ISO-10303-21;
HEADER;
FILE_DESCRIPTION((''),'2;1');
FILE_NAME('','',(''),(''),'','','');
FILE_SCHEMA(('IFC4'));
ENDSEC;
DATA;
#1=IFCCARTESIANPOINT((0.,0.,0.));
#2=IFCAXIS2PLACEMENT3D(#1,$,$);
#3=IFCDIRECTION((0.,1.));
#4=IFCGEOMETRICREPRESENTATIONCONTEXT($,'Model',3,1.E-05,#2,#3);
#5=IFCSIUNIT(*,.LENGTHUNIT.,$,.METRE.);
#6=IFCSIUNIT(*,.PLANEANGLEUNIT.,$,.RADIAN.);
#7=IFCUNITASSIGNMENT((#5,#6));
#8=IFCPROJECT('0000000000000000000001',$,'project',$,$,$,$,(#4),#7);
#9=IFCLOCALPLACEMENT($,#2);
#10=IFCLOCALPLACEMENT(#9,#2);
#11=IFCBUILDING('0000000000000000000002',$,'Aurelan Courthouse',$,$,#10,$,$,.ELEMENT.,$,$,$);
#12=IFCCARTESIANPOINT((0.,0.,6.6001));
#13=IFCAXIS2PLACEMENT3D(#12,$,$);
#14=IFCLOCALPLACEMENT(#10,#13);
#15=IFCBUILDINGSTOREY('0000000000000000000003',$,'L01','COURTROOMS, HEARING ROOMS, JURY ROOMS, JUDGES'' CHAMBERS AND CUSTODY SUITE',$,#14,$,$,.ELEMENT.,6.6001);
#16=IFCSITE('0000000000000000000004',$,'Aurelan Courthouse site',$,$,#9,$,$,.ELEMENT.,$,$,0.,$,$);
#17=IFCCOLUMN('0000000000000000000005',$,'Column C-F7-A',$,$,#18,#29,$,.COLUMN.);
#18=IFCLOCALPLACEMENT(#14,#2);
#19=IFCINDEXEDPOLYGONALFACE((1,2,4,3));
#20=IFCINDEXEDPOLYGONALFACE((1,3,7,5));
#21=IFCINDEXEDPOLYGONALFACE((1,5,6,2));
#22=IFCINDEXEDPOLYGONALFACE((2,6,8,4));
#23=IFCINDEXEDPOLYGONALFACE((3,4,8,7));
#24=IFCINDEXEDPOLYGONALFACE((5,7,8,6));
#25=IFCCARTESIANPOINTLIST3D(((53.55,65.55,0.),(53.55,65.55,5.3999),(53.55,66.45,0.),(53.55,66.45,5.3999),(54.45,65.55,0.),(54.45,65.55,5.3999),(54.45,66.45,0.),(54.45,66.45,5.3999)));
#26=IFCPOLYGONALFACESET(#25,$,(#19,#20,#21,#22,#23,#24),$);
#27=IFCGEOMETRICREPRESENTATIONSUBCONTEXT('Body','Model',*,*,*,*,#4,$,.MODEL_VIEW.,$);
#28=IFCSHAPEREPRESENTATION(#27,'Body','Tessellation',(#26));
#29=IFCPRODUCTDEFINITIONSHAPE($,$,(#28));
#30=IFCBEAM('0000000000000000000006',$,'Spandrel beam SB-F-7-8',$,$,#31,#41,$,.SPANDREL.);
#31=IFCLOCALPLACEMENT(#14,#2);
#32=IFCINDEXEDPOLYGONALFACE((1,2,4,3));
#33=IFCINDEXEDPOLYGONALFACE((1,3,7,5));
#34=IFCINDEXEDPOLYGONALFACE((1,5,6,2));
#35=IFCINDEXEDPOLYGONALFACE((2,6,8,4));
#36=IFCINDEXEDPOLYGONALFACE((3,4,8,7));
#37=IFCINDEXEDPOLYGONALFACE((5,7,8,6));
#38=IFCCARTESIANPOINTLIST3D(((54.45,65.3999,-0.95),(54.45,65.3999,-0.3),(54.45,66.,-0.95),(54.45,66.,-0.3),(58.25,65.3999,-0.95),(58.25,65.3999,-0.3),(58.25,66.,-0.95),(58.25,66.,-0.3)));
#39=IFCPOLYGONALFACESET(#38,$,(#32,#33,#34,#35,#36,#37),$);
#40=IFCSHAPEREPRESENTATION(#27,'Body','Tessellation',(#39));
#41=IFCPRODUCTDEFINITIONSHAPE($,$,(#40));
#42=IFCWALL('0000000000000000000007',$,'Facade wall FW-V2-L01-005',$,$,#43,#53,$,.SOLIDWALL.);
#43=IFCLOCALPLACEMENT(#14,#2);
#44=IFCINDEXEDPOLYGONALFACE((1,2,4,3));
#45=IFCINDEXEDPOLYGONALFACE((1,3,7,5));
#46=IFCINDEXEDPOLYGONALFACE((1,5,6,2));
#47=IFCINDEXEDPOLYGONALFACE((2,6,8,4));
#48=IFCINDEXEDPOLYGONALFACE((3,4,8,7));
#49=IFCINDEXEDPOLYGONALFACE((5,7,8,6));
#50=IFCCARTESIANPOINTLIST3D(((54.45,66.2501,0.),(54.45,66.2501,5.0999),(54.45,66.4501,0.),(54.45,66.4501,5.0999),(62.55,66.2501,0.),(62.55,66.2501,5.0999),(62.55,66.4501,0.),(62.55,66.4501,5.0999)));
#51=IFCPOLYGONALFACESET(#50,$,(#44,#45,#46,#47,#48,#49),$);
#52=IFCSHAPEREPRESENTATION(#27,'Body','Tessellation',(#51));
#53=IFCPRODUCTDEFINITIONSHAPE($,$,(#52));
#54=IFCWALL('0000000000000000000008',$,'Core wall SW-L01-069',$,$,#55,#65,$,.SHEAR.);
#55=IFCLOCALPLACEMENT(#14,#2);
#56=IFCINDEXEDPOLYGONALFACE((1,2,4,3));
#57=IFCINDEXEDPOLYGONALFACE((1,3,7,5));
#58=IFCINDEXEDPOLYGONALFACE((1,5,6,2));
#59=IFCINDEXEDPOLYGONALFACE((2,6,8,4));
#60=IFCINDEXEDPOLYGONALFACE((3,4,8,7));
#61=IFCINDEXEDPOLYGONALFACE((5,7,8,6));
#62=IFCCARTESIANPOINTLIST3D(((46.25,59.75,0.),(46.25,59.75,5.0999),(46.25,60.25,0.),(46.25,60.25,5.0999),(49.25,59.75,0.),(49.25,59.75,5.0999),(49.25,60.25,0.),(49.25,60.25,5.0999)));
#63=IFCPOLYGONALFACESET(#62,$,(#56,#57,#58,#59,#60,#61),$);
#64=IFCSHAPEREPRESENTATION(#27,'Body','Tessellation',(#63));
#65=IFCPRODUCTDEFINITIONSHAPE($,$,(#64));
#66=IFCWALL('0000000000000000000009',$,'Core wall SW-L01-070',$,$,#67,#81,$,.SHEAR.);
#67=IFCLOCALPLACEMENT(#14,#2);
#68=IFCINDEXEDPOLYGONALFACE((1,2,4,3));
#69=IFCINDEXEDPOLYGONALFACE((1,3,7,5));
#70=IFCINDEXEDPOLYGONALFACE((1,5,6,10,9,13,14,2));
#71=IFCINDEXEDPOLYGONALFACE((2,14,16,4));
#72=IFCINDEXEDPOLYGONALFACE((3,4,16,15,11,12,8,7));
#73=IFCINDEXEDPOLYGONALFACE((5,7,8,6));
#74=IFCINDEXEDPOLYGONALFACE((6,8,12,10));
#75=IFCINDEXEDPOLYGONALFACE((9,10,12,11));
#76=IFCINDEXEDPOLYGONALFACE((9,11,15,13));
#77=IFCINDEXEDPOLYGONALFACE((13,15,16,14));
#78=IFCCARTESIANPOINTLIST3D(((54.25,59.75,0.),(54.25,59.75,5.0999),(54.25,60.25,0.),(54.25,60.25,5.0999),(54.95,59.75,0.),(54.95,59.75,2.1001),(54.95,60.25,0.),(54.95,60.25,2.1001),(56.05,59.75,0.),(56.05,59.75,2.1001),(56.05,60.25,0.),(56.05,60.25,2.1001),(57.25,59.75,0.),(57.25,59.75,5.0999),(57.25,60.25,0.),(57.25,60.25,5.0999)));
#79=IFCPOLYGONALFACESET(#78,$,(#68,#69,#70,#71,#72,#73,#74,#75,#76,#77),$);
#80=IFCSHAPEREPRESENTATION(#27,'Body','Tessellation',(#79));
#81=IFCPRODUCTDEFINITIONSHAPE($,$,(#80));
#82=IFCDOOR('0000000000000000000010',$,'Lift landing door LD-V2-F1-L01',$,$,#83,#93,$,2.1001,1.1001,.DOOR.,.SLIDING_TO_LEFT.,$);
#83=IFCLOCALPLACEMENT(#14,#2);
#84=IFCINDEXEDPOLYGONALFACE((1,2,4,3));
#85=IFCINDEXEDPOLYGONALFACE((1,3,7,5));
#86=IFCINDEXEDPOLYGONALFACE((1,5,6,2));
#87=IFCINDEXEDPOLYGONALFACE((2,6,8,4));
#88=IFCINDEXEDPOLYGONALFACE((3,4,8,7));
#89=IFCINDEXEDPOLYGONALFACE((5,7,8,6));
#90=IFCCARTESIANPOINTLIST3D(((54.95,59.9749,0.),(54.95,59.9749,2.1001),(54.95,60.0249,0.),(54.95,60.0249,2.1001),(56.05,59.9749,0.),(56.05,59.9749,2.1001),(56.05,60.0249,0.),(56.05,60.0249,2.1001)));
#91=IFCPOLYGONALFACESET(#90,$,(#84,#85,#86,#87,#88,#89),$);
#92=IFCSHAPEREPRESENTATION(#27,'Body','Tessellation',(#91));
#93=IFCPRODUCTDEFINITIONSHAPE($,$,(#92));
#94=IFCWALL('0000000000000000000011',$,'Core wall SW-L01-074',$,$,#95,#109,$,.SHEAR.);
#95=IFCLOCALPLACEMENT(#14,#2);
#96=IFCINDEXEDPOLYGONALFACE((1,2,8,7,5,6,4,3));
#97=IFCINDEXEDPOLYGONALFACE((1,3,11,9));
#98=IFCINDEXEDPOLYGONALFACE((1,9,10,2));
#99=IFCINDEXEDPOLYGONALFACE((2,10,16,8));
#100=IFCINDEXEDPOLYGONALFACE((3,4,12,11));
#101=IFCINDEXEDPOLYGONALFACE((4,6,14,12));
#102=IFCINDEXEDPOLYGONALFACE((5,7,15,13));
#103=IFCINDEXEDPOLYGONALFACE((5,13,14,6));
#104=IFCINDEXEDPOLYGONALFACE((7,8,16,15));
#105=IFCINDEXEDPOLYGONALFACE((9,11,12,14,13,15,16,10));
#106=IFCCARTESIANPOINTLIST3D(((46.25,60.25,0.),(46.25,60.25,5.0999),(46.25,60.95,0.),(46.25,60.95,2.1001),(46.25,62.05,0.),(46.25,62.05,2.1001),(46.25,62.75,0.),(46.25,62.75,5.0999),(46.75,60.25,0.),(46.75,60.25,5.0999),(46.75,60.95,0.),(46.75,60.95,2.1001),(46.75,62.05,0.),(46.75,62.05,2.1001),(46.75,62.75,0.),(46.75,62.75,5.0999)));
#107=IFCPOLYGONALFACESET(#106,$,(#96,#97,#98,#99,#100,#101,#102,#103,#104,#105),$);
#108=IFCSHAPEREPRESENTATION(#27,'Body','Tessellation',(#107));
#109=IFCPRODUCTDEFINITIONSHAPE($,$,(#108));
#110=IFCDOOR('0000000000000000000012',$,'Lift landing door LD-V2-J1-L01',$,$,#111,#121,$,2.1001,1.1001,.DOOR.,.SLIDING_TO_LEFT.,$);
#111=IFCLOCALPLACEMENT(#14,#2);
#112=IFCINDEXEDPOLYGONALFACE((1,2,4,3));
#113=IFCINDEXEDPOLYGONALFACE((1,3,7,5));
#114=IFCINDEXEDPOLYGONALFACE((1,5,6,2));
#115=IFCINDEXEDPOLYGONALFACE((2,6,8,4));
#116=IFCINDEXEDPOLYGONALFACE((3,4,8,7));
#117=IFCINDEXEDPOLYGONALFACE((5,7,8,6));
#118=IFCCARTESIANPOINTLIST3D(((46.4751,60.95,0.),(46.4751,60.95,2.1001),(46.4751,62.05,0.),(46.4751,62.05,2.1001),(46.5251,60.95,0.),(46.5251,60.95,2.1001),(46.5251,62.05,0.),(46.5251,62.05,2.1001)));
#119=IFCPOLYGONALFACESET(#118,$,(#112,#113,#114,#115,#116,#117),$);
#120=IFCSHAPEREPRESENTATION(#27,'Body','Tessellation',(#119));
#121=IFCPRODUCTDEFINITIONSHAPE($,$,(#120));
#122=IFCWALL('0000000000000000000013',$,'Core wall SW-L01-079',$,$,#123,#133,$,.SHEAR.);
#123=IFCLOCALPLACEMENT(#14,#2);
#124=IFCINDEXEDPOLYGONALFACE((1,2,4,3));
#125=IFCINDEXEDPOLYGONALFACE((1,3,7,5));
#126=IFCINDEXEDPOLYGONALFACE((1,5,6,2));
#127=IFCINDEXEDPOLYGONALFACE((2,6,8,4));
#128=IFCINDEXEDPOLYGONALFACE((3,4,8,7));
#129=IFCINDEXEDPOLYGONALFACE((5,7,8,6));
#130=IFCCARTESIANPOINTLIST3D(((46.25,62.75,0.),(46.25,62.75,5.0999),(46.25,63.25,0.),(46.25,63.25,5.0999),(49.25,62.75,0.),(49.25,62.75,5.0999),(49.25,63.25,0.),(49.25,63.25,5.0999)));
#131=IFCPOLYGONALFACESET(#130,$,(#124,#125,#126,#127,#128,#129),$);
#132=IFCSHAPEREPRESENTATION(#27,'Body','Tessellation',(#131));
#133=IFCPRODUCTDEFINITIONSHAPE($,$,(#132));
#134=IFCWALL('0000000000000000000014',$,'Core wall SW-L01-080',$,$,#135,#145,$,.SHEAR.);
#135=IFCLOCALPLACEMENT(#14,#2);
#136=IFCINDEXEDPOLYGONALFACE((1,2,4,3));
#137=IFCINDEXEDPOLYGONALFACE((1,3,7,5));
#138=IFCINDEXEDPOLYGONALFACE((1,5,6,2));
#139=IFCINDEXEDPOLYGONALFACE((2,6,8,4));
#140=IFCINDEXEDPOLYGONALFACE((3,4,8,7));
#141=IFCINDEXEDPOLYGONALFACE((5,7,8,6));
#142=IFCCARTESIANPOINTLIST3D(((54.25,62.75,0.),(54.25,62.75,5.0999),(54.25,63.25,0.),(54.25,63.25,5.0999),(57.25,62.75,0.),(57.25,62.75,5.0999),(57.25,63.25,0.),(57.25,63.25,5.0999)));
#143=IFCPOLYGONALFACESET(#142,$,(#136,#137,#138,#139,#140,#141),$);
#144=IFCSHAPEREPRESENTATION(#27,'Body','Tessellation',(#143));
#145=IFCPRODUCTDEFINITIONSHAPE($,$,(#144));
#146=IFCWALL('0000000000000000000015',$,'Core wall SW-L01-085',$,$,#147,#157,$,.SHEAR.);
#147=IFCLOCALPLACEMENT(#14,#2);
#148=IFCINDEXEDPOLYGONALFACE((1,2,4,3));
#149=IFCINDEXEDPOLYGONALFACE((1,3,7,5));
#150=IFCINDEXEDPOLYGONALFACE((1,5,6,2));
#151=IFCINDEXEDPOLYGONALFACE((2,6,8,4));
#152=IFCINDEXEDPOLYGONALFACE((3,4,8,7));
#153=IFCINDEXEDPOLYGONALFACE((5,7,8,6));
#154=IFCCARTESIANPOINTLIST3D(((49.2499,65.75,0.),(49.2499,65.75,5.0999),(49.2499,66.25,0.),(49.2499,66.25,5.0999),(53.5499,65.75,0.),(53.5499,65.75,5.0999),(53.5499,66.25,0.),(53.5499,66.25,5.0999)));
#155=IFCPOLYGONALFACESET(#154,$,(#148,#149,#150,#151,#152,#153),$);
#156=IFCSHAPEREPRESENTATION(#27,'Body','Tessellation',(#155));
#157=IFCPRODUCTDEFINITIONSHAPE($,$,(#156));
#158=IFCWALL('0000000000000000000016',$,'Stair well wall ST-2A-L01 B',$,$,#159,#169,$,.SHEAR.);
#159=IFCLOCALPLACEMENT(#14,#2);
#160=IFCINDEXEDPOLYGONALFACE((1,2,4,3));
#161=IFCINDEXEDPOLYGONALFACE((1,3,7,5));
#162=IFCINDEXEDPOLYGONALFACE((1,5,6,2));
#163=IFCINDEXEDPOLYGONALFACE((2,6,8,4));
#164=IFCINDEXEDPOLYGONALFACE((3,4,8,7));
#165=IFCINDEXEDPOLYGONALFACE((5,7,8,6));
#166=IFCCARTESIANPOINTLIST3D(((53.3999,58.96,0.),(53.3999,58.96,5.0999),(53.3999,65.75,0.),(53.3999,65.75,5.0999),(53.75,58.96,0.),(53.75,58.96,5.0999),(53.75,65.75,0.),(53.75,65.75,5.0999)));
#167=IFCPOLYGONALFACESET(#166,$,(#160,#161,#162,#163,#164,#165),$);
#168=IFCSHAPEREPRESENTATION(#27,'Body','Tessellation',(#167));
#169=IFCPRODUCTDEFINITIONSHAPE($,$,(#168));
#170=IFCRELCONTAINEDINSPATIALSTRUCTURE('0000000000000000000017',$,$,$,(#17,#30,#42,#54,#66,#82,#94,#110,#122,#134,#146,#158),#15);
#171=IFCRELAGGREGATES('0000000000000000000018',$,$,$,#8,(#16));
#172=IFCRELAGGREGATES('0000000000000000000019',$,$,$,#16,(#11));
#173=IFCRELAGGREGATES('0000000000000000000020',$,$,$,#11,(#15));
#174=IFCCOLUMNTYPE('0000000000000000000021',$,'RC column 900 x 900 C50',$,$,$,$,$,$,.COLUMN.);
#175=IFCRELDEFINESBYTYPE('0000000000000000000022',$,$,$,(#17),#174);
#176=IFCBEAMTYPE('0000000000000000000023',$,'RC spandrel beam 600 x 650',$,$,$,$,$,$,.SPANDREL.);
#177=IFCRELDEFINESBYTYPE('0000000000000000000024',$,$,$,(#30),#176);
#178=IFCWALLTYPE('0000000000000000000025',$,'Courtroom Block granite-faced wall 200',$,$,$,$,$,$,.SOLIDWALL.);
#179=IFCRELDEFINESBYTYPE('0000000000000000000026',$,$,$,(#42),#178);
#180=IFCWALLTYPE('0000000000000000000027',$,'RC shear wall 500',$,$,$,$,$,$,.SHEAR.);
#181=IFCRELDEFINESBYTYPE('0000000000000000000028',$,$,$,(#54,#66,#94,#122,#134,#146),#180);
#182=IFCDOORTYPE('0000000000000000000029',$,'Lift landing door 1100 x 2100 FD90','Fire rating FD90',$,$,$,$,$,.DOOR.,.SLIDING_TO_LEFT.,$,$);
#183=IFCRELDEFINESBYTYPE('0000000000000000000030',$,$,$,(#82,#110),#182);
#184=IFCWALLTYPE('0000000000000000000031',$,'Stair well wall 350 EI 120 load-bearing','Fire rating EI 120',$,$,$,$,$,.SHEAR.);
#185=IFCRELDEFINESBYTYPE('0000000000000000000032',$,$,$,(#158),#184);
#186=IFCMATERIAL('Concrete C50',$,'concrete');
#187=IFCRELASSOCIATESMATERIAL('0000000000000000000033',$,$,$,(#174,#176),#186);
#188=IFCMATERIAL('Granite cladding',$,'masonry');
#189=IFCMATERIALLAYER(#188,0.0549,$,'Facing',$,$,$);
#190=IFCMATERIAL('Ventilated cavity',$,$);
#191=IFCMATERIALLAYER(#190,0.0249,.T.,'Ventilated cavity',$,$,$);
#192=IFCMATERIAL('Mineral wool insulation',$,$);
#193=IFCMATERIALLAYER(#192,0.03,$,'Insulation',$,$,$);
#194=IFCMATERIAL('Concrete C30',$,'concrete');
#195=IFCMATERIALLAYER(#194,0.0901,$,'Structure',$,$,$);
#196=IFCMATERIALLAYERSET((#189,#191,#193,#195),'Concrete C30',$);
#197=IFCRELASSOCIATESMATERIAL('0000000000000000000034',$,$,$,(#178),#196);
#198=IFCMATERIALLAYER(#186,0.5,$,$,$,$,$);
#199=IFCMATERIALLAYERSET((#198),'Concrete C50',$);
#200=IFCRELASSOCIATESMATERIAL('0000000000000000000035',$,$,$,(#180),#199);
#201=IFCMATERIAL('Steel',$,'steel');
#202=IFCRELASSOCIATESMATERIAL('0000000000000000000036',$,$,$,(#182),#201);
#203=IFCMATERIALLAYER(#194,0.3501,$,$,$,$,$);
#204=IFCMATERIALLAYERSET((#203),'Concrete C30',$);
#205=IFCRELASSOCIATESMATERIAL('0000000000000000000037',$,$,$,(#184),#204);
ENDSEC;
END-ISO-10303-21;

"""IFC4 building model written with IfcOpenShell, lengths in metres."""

from ifc_helpers import new_model, si_unit, direction, frame, frame_2d, origin, origin_2d, place, context, subcontext, project, spatial, rectangle, extrude, material, layer, layer_set, material_profile, profile_set, type_object, element, fill, save


model = new_model("IFC4")

# Units and contexts
model_context = context("Model", 3, precision=1e-05, world=origin(), true_north=direction((0.0, 1.0)))
body_context = subcontext(model_context, "Body", "Model", "MODEL_VIEW")
ifc_project = project(units=[si_unit("LENGTHUNIT", "METRE"), si_unit("PLANEANGLEUNIT", "RADIAN")], contexts=[model_context])

# Site, building, storey
site_placement = place(None, origin())
site = spatial("IfcSite", under=ifc_project, at=site_placement, Name="Aurelan Courthouse site", CompositionType="ELEMENT", RefElevation=0.0)
building_placement = place(site_placement, origin())
building = spatial("IfcBuilding", under=site, at=building_placement, Name="Aurelan Courthouse", CompositionType="ELEMENT")
storey_placement = place(building_placement, frame((0.0, 0.0, 6.6001)))
storey = spatial("IfcBuildingStorey", under=building, at=storey_placement, Name="L01", Description="COURTROOMS, HEARING ROOMS, JURY ROOMS, JUDGES' CHAMBERS AND CUSTODY SUITE", CompositionType="ELEMENT", Elevation=6.6001)

# Column
ifc_material_1 = material(Name="Concrete C50", Category="concrete")
ifc_material_profile_1 = material_profile(ifc_material_1, rectangle(XDim=0.8999, YDim=0.8999, at=origin_2d()), Name="RC 900 x 900")
ifc_profile_set_1 = profile_set([ifc_material_profile_1], Name="Concrete C50")
column_type = type_object("IfcColumnType", Name="RC column 900 x 900 C50", PredefinedType="COLUMN", material=ifc_profile_set_1)
column_placement = place(storey_placement, frame((54.0, 66.0, 0.0), z_axis=(0.0, 0.0, 1.0), x_axis=(1.0, 0.0, 0.0)))
element("IfcColumn", 1, at=column_placement, inside=storey, type_object=column_type, Name="Column C-F7-A", PredefinedType="COLUMN", context=body_context, shape_type="SweptSolid", body=[
    extrude(rectangle(XDim=0.8999, YDim=0.8999, at=origin_2d()), origin(), (0.0, 0.0, 1.0), 5.3999),
])

# Beam
ifc_material_profile_2 = material_profile(ifc_material_1, rectangle(XDim=0.6001, YDim=0.6499, at=origin_2d()), Name="RC 600 x 650")
ifc_profile_set_2 = profile_set([ifc_material_profile_2], Name="Concrete C50")
beam_type = type_object("IfcBeamType", Name="RC spandrel beam 600 x 650", PredefinedType="SPANDREL", material=ifc_profile_set_2)
beam_placement = place(storey_placement, frame((54.45, 65.7, -0.625), z_axis=(1.0, 0.0, 0.0), x_axis=(0.0, 1.0, 0.0)))
element("IfcBeam", 2, at=beam_placement, inside=storey, type_object=beam_type, Name="Spandrel beam SB-F-7-8", PredefinedType="SPANDREL", context=body_context, shape_type="SweptSolid", body=[
    extrude(rectangle(XDim=0.6001, YDim=0.6499, at=origin_2d()), origin(), (0.0, 0.0, 1.0), 3.8),
])

# Walls
ifc_material_2 = material(Name="Granite cladding", Category="masonry")
ifc_layer_1 = layer(ifc_material_2, 0.0549, Name="Facing")
ifc_material_3 = material(Name="Ventilated cavity")
ifc_layer_2 = layer(ifc_material_3, 0.0249, ventilated=True, Name="Ventilated cavity")
ifc_material_4 = material(Name="Mineral wool insulation")
ifc_layer_3 = layer(ifc_material_4, 0.03, Name="Insulation")
ifc_material_5 = material(Name="Concrete C30", Category="concrete")
ifc_layer_4 = layer(ifc_material_5, 0.0901, Name="Structure")
ifc_layer_set_1 = layer_set([ifc_layer_1, ifc_layer_2, ifc_layer_3, ifc_layer_4], Name="Concrete C30")
wall_type_1 = type_object("IfcWallType", Name="Courtroom Block granite-faced wall 200", PredefinedType="SOLIDWALL", material=ifc_layer_set_1)
wall_1_placement = place(storey_placement, frame((54.45, 66.3501, 0.0), z_axis=(0.0, 0.0, 1.0), x_axis=(1.0, 0.0, 0.0)))
element("IfcWall", 3, at=wall_1_placement, inside=storey, type_object=wall_type_1, Name="Facade wall FW-V2-L01-005", PredefinedType="SOLIDWALL", context=body_context, shape_type="SweptSolid", body=[
    extrude(rectangle(XDim=8.1001, YDim=0.2, at=frame_2d((4.05, 0.0))), origin(), (0.0, 0.0, 1.0), 5.0999),
])
ifc_layer_5 = layer(ifc_material_1, 0.5)
ifc_layer_set_2 = layer_set([ifc_layer_5], Name="Concrete C50")
wall_type_2 = type_object("IfcWallType", Name="RC shear wall 500", PredefinedType="SHEAR", material=ifc_layer_set_2)
wall_2_placement = place(storey_placement, frame((46.25, 60.0, 0.0), z_axis=(0.0, 0.0, 1.0), x_axis=(1.0, 0.0, 0.0)))
element("IfcWall", 4, at=wall_2_placement, inside=storey, type_object=wall_type_2, Name="Core wall SW-L01-069", PredefinedType="SHEAR", context=body_context, shape_type="SweptSolid", body=[
    extrude(rectangle(XDim=3.0, YDim=0.5, at=frame_2d((1.5, 0.0))), origin(), (0.0, 0.0, 1.0), 5.0999),
])

# Walls, openings, doors
wall_3_placement = place(storey_placement, frame((54.25, 60.0, 0.0), z_axis=(0.0, 0.0, 1.0), x_axis=(1.0, 0.0, 0.0)))
wall_3 = element("IfcWall", 5, at=wall_3_placement, inside=storey, type_object=wall_type_2, Name="Core wall SW-L01-070", PredefinedType="SHEAR", context=body_context, shape_type="SweptSolid", body=[
    extrude(rectangle(XDim=3.0, YDim=0.5, at=frame_2d((1.5, 0.0))), origin(), (0.0, 0.0, 1.0), 5.0999),
])
opening_1_placement = place(wall_3_placement, frame((0.7, 0.0, 0.0)))
opening_1 = element("IfcOpeningElement", 6, at=opening_1_placement, cuts=wall_3, PredefinedType="OPENING", context=body_context, shape_type="SweptSolid", body=[
    extrude(rectangle(XDim=1.1001, YDim=2.1001, at=frame_2d((0.55, 1.05))), frame((0.0, 0.26, 0.0), z_axis=(0.0, -1.0, 0.0), x_axis=(1.0, 0.0, 0.0)), (0.0, 0.0, 1.0), 0.52),
])
ifc_material_6 = material(Name="Steel", Category="steel")
door_type = type_object("IfcDoorType", Name="Lift landing door 1100 x 2100 FD90", Description="Fire rating FD90", OperationType="SLIDING_TO_LEFT", PredefinedType="DOOR", material=ifc_material_6)
door_1_placement = place(opening_1_placement, origin())
door_1 = element("IfcDoor", 7, at=door_1_placement, inside=storey, type_object=door_type, Name="Lift landing door LD-V2-F1-L01", OperationType="SLIDING_TO_LEFT", OverallHeight=2.1001, OverallWidth=1.1001, PredefinedType="DOOR", context=body_context, shape_type="SweptSolid", body=[
    extrude(rectangle(XDim=1.1001, YDim=2.1001, at=frame_2d((0.55, 1.05))), frame((0.0, 0.0249, 0.0), z_axis=(0.0, -1.0, 0.0), x_axis=(1.0, 0.0, 0.0)), (0.0, 0.0, 1.0), 0.05),
])
fill(opening_1, door_1)
wall_4_placement = place(storey_placement, frame((46.5, 60.25, 0.0), z_axis=(0.0, 0.0, 1.0), x_axis=(0.0, 1.0, 0.0)))
wall_4 = element("IfcWall", 8, at=wall_4_placement, inside=storey, type_object=wall_type_2, Name="Core wall SW-L01-074", PredefinedType="SHEAR", context=body_context, shape_type="SweptSolid", body=[
    extrude(rectangle(XDim=2.5, YDim=0.5, at=frame_2d((1.25, 0.0))), origin(), (0.0, 0.0, 1.0), 5.0999),
])
opening_2_placement = place(wall_4_placement, frame((0.7, 0.0, 0.0)))
opening_2 = element("IfcOpeningElement", 9, at=opening_2_placement, cuts=wall_4, PredefinedType="OPENING", context=body_context, shape_type="SweptSolid", body=[
    extrude(rectangle(XDim=1.1001, YDim=2.1001, at=frame_2d((0.55, 1.05))), frame((0.0, 0.26, 0.0), z_axis=(0.0, -1.0, 0.0), x_axis=(1.0, 0.0, 0.0)), (0.0, 0.0, 1.0), 0.52),
])
door_2_placement = place(opening_2_placement, origin())
door_2 = element("IfcDoor", 10, at=door_2_placement, inside=storey, type_object=door_type, Name="Lift landing door LD-V2-J1-L01", OperationType="SLIDING_TO_LEFT", OverallHeight=2.1001, OverallWidth=1.1001, PredefinedType="DOOR", context=body_context, shape_type="SweptSolid", body=[
    extrude(rectangle(XDim=1.1001, YDim=2.1001, at=frame_2d((0.55, 1.05))), frame((0.0, 0.0249, 0.0), z_axis=(0.0, -1.0, 0.0), x_axis=(1.0, 0.0, 0.0)), (0.0, 0.0, 1.0), 0.05),
])
fill(opening_2, door_2)

# Walls
for number, where, z_axis, x_axis, name in (
    (11, (46.25, 63.0, 0.0), (0.0, 0.0, 1.0), (1.0, 0.0, 0.0), "Core wall SW-L01-079"),
    (12, (54.25, 63.0, 0.0), (0.0, 0.0, 1.0), (1.0, 0.0, 0.0), "Core wall SW-L01-080"),
):
    element("IfcWall", number, at=place(storey_placement, frame(where, z_axis=z_axis, x_axis=x_axis)), inside=storey, type_object=wall_type_2, Name=name, PredefinedType="SHEAR", context=body_context, shape_type="SweptSolid", body=[
        extrude(rectangle(XDim=3.0, YDim=0.5, at=frame_2d((1.5, 0.0))), origin(), (0.0, 0.0, 1.0), 5.0999),
    ])
wall_5_placement = place(storey_placement, frame((49.25, 66.0, 0.0), z_axis=(0.0, 0.0, 1.0), x_axis=(1.0, 0.0, 0.0)))
element("IfcWall", 13, at=wall_5_placement, inside=storey, type_object=wall_type_2, Name="Core wall SW-L01-085", PredefinedType="SHEAR", context=body_context, shape_type="SweptSolid", body=[
    extrude(rectangle(XDim=4.3, YDim=0.5, at=frame_2d((2.1499, 0.0))), origin(), (0.0, 0.0, 1.0), 5.0999),
])
ifc_layer_6 = layer(ifc_material_5, 0.3501)
ifc_layer_set_3 = layer_set([ifc_layer_6], Name="Concrete C30")
wall_type_3 = type_object("IfcWallType", Name="Stair well wall 350 EI 120 load-bearing", Description="Fire rating EI 120", PredefinedType="SHEAR", material=ifc_layer_set_3)
wall_6_placement = place(storey_placement, frame((53.575, 58.96, 0.0), z_axis=(0.0, 0.0, 1.0), x_axis=(0.0, 1.0, 0.0)))
element("IfcWall", 14, at=wall_6_placement, inside=storey, type_object=wall_type_3, Name="Stair well wall ST-2A-L01 B", PredefinedType="SHEAR", context=body_context, shape_type="SweptSolid", body=[
    extrude(rectangle(XDim=6.79, YDim=0.3501, at=frame_2d((3.395, 0.0))), origin(), (0.0, 0.0, 1.0), 5.0999),
])

save(model, "model.ifc")
